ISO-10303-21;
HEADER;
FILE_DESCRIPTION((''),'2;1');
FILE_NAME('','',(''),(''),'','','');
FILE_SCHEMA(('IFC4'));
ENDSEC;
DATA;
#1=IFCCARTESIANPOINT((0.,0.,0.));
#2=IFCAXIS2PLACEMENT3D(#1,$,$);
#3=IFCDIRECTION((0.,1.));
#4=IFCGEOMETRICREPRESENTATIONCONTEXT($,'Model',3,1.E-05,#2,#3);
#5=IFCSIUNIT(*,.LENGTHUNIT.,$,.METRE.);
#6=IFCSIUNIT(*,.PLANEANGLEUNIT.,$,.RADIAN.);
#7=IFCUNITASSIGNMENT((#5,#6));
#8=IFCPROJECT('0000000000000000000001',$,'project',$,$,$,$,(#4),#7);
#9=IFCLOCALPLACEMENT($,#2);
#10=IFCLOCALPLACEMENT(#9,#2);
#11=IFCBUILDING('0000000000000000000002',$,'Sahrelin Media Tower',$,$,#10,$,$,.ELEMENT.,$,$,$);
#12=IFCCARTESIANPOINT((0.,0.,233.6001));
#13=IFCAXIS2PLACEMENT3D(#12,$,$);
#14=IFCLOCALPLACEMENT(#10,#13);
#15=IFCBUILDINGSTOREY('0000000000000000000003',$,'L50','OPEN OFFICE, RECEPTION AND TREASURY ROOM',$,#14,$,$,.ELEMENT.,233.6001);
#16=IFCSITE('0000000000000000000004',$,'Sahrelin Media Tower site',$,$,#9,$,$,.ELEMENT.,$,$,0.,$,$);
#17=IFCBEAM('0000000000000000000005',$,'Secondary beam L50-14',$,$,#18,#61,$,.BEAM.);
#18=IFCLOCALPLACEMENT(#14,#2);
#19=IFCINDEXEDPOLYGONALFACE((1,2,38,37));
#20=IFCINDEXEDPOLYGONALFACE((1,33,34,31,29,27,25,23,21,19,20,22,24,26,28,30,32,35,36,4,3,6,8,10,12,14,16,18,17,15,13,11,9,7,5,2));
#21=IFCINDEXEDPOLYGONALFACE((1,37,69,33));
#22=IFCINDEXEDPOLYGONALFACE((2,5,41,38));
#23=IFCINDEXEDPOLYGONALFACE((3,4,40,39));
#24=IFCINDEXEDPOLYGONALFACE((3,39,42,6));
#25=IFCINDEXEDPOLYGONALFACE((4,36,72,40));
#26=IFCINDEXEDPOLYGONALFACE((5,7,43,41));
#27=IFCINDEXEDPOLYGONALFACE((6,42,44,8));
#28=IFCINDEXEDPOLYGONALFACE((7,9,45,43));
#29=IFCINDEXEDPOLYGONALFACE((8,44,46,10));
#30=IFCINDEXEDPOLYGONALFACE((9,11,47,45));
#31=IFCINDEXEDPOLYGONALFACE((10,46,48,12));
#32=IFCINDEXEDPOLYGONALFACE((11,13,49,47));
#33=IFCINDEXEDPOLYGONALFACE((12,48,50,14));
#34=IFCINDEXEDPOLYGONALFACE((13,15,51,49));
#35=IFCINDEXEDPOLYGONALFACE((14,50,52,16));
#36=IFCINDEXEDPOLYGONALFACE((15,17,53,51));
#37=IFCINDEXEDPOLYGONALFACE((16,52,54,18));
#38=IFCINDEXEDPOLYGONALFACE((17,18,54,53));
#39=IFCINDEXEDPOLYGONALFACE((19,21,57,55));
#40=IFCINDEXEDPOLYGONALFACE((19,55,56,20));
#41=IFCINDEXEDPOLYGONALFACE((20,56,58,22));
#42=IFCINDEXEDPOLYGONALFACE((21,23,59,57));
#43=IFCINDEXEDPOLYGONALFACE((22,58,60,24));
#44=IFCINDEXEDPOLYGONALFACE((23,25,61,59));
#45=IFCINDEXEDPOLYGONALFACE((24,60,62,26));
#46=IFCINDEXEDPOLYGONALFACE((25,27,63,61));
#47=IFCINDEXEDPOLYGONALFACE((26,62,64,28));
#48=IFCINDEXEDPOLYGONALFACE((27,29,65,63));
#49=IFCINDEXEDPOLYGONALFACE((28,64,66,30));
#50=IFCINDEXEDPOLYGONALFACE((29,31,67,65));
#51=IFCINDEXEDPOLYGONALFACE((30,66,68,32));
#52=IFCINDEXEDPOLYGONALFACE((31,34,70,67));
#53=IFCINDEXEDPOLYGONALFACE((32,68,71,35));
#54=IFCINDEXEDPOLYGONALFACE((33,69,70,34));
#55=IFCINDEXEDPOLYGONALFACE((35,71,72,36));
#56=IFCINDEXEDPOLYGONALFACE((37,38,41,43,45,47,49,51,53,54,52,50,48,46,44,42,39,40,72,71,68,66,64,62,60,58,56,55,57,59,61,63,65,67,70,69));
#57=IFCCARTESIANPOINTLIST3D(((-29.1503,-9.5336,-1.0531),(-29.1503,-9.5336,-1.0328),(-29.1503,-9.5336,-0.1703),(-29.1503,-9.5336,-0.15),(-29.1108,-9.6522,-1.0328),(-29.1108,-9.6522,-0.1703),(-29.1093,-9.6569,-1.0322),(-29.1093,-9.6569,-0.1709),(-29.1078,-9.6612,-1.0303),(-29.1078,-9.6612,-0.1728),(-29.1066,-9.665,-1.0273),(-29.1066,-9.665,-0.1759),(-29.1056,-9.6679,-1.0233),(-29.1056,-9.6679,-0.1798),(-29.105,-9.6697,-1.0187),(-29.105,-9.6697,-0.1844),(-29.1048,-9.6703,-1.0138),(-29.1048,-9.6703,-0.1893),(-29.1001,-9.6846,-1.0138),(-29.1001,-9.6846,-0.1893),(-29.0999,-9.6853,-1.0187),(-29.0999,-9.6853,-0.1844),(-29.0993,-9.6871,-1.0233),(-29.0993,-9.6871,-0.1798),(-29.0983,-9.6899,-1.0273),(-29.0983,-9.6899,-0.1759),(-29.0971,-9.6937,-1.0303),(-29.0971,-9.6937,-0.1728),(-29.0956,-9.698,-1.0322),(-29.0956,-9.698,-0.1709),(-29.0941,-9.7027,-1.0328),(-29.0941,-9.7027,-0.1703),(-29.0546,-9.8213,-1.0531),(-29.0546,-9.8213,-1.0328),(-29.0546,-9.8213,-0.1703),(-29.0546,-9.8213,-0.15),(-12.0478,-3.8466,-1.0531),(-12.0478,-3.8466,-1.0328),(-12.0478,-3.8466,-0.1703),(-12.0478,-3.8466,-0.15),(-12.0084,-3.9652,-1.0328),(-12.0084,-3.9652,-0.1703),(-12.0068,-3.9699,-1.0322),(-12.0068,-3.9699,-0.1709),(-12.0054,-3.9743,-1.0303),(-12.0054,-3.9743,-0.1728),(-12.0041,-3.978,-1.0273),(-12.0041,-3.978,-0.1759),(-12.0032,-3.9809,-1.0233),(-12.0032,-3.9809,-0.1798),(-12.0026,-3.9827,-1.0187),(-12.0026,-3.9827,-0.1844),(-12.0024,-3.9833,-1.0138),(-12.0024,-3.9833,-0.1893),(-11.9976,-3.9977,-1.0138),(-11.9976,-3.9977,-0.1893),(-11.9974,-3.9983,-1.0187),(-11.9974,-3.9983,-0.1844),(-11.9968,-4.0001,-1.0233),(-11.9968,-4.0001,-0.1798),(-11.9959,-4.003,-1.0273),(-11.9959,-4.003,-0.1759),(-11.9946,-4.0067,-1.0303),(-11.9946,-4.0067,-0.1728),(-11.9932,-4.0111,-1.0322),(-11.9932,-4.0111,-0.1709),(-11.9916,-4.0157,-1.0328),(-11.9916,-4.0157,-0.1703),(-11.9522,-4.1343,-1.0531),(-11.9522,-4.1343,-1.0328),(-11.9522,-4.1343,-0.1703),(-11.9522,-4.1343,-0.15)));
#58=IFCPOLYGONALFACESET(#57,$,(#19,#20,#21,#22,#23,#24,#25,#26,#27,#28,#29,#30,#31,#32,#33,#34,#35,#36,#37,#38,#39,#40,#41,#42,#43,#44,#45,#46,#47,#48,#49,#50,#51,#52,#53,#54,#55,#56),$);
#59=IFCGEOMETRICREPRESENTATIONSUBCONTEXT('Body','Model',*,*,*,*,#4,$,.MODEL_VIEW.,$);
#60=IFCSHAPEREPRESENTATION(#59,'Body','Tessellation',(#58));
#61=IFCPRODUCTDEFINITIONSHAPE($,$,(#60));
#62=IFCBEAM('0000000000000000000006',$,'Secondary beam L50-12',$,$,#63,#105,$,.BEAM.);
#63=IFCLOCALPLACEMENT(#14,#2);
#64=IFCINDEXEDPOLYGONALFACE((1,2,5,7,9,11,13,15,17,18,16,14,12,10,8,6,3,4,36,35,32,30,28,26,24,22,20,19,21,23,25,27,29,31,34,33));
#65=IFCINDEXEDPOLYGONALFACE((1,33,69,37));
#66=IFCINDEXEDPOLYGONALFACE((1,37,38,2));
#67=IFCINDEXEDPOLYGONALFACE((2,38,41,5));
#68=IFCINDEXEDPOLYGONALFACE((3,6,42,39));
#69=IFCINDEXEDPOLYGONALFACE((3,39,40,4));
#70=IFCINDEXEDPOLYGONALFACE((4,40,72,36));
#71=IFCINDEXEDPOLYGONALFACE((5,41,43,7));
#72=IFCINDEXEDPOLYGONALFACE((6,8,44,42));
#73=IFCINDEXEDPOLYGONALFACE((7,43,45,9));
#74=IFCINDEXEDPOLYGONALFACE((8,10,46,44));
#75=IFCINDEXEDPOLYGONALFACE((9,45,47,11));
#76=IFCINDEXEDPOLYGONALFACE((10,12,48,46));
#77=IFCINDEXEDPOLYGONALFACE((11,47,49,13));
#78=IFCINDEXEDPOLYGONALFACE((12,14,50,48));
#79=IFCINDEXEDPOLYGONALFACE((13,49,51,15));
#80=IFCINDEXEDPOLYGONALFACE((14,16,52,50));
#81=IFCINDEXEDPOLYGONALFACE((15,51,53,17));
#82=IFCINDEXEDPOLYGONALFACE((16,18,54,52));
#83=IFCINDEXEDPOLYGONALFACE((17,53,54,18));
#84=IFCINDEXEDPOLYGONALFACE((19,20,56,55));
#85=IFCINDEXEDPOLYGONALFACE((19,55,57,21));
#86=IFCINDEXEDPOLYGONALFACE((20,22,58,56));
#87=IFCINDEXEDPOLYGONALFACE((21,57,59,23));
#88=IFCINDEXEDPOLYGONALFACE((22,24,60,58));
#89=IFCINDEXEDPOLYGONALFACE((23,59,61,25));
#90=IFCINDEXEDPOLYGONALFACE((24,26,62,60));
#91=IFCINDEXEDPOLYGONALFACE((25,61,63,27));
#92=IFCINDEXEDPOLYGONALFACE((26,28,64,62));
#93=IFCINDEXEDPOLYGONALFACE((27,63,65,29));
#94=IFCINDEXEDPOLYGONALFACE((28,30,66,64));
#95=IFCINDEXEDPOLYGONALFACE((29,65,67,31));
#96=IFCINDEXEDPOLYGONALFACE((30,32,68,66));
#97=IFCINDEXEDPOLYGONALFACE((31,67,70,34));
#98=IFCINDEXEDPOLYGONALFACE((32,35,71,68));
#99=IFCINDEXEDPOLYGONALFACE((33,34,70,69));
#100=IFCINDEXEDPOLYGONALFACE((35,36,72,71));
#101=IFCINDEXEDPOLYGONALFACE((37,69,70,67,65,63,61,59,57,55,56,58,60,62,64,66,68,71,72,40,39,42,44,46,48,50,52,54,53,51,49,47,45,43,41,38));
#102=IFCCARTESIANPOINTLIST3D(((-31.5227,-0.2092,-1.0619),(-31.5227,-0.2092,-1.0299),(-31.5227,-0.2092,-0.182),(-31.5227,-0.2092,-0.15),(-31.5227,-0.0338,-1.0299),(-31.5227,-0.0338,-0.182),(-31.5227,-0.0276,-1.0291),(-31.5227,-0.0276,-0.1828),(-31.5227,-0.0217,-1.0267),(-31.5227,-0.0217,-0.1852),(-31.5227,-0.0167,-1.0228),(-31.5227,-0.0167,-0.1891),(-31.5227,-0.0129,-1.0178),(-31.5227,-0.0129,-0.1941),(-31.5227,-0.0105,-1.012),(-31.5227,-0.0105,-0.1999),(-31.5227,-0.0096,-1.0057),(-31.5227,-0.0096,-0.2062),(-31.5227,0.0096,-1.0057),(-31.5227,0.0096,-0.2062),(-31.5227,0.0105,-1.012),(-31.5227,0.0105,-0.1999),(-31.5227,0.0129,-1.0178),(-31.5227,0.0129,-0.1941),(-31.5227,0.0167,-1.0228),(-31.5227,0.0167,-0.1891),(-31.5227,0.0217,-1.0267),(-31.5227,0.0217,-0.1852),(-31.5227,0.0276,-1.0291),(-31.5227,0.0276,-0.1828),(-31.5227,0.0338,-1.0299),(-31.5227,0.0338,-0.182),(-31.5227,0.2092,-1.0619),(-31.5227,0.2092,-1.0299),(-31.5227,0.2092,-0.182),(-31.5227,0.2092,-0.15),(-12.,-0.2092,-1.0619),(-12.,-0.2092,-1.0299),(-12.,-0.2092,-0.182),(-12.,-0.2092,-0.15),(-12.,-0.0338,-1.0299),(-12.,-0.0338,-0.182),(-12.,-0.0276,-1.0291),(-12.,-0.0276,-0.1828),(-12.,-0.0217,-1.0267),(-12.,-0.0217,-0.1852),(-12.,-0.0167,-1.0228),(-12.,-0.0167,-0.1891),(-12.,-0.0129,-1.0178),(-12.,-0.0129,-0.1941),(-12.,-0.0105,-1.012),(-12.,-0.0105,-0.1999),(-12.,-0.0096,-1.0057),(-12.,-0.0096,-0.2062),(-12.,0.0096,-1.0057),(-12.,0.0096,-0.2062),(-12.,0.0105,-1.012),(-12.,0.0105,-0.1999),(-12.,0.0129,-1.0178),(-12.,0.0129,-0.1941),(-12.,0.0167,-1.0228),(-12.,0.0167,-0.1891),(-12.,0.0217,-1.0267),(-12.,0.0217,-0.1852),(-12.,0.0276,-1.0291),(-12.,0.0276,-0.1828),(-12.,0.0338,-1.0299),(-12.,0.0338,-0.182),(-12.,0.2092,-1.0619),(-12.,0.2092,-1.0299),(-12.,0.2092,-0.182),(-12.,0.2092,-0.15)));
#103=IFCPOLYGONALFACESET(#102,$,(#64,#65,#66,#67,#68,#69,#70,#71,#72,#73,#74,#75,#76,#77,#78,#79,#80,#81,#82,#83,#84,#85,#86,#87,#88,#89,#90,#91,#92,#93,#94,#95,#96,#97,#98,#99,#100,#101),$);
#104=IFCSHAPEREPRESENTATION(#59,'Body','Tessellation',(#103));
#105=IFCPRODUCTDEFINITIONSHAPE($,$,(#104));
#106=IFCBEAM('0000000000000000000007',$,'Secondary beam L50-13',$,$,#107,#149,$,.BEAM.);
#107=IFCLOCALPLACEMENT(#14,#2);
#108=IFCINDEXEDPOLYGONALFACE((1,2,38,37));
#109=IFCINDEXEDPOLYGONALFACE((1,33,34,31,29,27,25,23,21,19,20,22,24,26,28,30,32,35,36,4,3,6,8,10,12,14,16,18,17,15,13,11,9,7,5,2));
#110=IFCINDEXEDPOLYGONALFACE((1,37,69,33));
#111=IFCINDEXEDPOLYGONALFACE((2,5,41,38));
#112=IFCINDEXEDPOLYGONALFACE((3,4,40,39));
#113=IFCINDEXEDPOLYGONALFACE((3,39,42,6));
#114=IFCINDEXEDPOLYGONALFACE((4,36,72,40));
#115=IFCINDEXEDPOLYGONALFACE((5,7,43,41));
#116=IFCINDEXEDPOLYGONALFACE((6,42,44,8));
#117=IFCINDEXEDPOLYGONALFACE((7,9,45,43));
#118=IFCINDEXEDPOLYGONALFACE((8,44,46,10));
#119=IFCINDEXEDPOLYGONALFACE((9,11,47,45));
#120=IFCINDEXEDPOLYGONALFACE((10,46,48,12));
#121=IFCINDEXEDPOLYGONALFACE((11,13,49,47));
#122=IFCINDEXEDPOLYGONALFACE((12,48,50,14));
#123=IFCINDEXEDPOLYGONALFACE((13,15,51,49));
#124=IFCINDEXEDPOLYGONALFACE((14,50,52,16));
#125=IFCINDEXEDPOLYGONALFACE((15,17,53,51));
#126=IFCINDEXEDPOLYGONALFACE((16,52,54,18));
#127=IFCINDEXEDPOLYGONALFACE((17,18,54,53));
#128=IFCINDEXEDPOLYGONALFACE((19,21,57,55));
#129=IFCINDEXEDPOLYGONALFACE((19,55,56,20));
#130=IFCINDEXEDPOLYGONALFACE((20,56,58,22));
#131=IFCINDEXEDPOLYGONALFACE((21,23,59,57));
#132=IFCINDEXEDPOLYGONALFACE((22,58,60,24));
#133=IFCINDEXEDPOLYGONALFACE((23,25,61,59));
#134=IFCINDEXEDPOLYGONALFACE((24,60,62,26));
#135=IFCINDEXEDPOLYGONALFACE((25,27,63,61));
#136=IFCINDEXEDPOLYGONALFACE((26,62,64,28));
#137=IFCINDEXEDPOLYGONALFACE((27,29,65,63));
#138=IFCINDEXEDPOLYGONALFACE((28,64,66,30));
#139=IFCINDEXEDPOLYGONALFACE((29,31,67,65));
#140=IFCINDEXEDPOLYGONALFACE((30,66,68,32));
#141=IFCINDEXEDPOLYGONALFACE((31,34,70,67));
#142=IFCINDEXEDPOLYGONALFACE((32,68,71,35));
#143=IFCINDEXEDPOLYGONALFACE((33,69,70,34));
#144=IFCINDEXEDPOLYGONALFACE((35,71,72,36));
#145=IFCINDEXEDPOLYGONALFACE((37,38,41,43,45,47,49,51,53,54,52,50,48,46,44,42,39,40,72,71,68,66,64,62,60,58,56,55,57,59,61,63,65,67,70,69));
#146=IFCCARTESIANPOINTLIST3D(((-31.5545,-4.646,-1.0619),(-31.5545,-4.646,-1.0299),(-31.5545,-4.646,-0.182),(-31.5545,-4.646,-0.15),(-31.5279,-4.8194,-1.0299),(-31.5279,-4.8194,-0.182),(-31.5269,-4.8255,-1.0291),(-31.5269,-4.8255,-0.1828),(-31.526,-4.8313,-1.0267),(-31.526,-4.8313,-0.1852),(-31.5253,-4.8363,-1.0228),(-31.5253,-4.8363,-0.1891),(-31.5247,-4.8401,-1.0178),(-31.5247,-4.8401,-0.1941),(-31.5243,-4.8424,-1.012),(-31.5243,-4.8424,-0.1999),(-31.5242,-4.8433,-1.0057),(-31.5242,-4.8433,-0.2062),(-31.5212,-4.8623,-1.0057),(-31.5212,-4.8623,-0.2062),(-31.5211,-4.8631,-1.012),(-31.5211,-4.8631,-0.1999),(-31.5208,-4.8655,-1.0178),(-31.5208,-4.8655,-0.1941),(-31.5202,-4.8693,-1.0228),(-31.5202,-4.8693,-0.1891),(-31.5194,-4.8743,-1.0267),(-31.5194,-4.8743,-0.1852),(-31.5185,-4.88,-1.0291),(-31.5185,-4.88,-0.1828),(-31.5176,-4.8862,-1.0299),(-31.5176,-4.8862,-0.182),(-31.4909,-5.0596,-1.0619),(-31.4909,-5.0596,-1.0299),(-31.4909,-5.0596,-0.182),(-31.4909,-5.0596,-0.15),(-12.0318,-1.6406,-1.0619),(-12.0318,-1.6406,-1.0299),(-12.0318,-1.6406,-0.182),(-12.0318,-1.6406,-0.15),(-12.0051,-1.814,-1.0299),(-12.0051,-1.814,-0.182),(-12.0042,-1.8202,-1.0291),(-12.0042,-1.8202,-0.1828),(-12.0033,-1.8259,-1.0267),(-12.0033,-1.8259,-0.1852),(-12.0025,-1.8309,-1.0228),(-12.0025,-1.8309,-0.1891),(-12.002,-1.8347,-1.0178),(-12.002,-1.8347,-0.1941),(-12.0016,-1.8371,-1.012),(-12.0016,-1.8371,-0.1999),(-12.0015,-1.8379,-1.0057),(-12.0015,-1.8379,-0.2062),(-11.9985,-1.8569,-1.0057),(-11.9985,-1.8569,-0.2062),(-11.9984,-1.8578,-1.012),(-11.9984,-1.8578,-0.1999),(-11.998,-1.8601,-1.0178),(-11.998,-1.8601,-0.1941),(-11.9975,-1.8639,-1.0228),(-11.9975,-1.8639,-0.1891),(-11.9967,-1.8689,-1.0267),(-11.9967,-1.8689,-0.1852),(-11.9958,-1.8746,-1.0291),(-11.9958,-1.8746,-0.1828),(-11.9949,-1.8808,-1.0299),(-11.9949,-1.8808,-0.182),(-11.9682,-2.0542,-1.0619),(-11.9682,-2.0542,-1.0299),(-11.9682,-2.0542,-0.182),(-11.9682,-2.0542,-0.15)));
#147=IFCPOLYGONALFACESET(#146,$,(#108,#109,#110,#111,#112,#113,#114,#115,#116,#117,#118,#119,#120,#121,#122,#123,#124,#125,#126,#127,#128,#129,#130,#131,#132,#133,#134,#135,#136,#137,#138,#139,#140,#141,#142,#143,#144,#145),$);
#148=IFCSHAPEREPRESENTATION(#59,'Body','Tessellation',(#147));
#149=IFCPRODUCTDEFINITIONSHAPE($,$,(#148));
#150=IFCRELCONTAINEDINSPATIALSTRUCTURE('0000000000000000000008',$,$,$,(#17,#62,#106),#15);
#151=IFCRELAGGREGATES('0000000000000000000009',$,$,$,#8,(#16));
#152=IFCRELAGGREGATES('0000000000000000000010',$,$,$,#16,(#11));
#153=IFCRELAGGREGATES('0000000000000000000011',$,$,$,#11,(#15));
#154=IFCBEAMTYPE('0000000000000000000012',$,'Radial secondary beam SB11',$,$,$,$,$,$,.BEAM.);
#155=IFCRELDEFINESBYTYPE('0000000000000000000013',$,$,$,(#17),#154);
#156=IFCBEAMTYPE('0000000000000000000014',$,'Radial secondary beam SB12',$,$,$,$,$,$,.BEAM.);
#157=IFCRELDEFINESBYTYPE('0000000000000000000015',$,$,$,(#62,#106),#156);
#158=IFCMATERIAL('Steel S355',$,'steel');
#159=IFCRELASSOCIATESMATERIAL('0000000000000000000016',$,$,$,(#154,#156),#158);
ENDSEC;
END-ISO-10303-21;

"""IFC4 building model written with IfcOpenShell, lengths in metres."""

from ifc_helpers import new_model, si_unit, direction, frame, origin, origin_2d, place, context, subcontext, project, spatial, i_section, extrude, material, material_profile, profile_set, type_object, element, save


model = new_model("IFC4")

# Units and contexts
model_context = context("Model", 3, precision=1e-05, world=origin(), true_north=direction((0.0, 1.0)))
body_context = subcontext(model_context, "Body", "Model", "MODEL_VIEW")
ifc_project = project(units=[si_unit("LENGTHUNIT", "METRE"), si_unit("PLANEANGLEUNIT", "RADIAN")], contexts=[model_context])

# Site, building, storey
site_placement = place(None, origin())
site = spatial("IfcSite", under=ifc_project, at=site_placement, Name="Sahrelin Media Tower site", CompositionType="ELEMENT", RefElevation=0.0)
building_placement = place(site_placement, origin())
building = spatial("IfcBuilding", under=site, at=building_placement, Name="Sahrelin Media Tower", CompositionType="ELEMENT")
storey_placement = place(building_placement, frame((0.0, 0.0, 233.6001)))
storey = spatial("IfcBuildingStorey", under=building, at=storey_placement, Name="L50", Description="OPEN OFFICE, RECEPTION AND TREASURY ROOM", CompositionType="ELEMENT", Elevation=233.6001)

# Beams
ifc_material_1 = material(Name="Steel S355", Category="steel")
ifc_material_profile_1 = material_profile(ifc_material_1, i_section(OverallWidth=0.3032, OverallDepth=0.9031, WebThickness=0.0151, FlangeThickness=0.0203, FilletRadius=0.019, at=origin_2d()), Name="UB 914x305x201")
ifc_profile_set_1 = profile_set([ifc_material_profile_1], Name="Steel S355")
beam_type_1 = type_object("IfcBeamType", Name="Radial secondary beam SB11", PredefinedType="BEAM", material=ifc_profile_set_1)
beam_1_placement = place(storey_placement, frame((-12.0, -3.9905, -0.6016), z_axis=(-0.948913, -0.315537, 0.0), x_axis=(0.315537, -0.948913, 0.0)))
element("IfcBeam", 1, at=beam_1_placement, inside=storey, type_object=beam_type_1, Name="Secondary beam L50-14", PredefinedType="BEAM", context=body_context, shape_type="SweptSolid", body=[
    extrude(i_section(OverallWidth=0.3032, OverallDepth=0.9031, WebThickness=0.0151, FlangeThickness=0.0203, FilletRadius=0.019, at=origin_2d()), origin(), (0.0, 0.0, 1.0), 18.0232),
])
ifc_material_profile_2 = material_profile(ifc_material_1, i_section(OverallWidth=0.4185, OverallDepth=0.9119, WebThickness=0.0193, FlangeThickness=0.032, FilletRadius=0.0242, at=origin_2d()), Name="UB 914x419x343")
ifc_profile_set_2 = profile_set([ifc_material_profile_2], Name="Steel S355")
beam_type_2 = type_object("IfcBeamType", Name="Radial secondary beam SB12", PredefinedType="BEAM", material=ifc_profile_set_2)
beam_2_placement = place(storey_placement, frame((-12.0, 0.0, -0.606), z_axis=(-1.0, 0.0, 0.0), x_axis=(0.0, -1.0, 0.0)))
element("IfcBeam", 2, at=beam_2_placement, inside=storey, type_object=beam_type_2, Name="Secondary beam L50-12", PredefinedType="BEAM", context=body_context, shape_type="SweptSolid", body=[
    extrude(i_section(OverallWidth=0.4185, OverallDepth=0.9119, WebThickness=0.0193, FlangeThickness=0.032, FilletRadius=0.0242, at=origin_2d()), origin(), (0.0, 0.0, 1.0), 19.5227),
])
beam_3_placement = place(storey_placement, frame((-12.0, -1.8474, -0.606), z_axis=(-0.988357, -0.15215, 0.0), x_axis=(0.15215, -0.988357, 0.0)))
element("IfcBeam", 3, at=beam_3_placement, inside=storey, type_object=beam_type_2, Name="Secondary beam L50-13", PredefinedType="BEAM", context=body_context, shape_type="SweptSolid", body=[
    extrude(i_section(OverallWidth=0.4185, OverallDepth=0.9119, WebThickness=0.0193, FlangeThickness=0.032, FilletRadius=0.0242, at=origin_2d()), origin(), (0.0, 0.0, 1.0), 19.7527),
])

save(model, "model.ifc")
